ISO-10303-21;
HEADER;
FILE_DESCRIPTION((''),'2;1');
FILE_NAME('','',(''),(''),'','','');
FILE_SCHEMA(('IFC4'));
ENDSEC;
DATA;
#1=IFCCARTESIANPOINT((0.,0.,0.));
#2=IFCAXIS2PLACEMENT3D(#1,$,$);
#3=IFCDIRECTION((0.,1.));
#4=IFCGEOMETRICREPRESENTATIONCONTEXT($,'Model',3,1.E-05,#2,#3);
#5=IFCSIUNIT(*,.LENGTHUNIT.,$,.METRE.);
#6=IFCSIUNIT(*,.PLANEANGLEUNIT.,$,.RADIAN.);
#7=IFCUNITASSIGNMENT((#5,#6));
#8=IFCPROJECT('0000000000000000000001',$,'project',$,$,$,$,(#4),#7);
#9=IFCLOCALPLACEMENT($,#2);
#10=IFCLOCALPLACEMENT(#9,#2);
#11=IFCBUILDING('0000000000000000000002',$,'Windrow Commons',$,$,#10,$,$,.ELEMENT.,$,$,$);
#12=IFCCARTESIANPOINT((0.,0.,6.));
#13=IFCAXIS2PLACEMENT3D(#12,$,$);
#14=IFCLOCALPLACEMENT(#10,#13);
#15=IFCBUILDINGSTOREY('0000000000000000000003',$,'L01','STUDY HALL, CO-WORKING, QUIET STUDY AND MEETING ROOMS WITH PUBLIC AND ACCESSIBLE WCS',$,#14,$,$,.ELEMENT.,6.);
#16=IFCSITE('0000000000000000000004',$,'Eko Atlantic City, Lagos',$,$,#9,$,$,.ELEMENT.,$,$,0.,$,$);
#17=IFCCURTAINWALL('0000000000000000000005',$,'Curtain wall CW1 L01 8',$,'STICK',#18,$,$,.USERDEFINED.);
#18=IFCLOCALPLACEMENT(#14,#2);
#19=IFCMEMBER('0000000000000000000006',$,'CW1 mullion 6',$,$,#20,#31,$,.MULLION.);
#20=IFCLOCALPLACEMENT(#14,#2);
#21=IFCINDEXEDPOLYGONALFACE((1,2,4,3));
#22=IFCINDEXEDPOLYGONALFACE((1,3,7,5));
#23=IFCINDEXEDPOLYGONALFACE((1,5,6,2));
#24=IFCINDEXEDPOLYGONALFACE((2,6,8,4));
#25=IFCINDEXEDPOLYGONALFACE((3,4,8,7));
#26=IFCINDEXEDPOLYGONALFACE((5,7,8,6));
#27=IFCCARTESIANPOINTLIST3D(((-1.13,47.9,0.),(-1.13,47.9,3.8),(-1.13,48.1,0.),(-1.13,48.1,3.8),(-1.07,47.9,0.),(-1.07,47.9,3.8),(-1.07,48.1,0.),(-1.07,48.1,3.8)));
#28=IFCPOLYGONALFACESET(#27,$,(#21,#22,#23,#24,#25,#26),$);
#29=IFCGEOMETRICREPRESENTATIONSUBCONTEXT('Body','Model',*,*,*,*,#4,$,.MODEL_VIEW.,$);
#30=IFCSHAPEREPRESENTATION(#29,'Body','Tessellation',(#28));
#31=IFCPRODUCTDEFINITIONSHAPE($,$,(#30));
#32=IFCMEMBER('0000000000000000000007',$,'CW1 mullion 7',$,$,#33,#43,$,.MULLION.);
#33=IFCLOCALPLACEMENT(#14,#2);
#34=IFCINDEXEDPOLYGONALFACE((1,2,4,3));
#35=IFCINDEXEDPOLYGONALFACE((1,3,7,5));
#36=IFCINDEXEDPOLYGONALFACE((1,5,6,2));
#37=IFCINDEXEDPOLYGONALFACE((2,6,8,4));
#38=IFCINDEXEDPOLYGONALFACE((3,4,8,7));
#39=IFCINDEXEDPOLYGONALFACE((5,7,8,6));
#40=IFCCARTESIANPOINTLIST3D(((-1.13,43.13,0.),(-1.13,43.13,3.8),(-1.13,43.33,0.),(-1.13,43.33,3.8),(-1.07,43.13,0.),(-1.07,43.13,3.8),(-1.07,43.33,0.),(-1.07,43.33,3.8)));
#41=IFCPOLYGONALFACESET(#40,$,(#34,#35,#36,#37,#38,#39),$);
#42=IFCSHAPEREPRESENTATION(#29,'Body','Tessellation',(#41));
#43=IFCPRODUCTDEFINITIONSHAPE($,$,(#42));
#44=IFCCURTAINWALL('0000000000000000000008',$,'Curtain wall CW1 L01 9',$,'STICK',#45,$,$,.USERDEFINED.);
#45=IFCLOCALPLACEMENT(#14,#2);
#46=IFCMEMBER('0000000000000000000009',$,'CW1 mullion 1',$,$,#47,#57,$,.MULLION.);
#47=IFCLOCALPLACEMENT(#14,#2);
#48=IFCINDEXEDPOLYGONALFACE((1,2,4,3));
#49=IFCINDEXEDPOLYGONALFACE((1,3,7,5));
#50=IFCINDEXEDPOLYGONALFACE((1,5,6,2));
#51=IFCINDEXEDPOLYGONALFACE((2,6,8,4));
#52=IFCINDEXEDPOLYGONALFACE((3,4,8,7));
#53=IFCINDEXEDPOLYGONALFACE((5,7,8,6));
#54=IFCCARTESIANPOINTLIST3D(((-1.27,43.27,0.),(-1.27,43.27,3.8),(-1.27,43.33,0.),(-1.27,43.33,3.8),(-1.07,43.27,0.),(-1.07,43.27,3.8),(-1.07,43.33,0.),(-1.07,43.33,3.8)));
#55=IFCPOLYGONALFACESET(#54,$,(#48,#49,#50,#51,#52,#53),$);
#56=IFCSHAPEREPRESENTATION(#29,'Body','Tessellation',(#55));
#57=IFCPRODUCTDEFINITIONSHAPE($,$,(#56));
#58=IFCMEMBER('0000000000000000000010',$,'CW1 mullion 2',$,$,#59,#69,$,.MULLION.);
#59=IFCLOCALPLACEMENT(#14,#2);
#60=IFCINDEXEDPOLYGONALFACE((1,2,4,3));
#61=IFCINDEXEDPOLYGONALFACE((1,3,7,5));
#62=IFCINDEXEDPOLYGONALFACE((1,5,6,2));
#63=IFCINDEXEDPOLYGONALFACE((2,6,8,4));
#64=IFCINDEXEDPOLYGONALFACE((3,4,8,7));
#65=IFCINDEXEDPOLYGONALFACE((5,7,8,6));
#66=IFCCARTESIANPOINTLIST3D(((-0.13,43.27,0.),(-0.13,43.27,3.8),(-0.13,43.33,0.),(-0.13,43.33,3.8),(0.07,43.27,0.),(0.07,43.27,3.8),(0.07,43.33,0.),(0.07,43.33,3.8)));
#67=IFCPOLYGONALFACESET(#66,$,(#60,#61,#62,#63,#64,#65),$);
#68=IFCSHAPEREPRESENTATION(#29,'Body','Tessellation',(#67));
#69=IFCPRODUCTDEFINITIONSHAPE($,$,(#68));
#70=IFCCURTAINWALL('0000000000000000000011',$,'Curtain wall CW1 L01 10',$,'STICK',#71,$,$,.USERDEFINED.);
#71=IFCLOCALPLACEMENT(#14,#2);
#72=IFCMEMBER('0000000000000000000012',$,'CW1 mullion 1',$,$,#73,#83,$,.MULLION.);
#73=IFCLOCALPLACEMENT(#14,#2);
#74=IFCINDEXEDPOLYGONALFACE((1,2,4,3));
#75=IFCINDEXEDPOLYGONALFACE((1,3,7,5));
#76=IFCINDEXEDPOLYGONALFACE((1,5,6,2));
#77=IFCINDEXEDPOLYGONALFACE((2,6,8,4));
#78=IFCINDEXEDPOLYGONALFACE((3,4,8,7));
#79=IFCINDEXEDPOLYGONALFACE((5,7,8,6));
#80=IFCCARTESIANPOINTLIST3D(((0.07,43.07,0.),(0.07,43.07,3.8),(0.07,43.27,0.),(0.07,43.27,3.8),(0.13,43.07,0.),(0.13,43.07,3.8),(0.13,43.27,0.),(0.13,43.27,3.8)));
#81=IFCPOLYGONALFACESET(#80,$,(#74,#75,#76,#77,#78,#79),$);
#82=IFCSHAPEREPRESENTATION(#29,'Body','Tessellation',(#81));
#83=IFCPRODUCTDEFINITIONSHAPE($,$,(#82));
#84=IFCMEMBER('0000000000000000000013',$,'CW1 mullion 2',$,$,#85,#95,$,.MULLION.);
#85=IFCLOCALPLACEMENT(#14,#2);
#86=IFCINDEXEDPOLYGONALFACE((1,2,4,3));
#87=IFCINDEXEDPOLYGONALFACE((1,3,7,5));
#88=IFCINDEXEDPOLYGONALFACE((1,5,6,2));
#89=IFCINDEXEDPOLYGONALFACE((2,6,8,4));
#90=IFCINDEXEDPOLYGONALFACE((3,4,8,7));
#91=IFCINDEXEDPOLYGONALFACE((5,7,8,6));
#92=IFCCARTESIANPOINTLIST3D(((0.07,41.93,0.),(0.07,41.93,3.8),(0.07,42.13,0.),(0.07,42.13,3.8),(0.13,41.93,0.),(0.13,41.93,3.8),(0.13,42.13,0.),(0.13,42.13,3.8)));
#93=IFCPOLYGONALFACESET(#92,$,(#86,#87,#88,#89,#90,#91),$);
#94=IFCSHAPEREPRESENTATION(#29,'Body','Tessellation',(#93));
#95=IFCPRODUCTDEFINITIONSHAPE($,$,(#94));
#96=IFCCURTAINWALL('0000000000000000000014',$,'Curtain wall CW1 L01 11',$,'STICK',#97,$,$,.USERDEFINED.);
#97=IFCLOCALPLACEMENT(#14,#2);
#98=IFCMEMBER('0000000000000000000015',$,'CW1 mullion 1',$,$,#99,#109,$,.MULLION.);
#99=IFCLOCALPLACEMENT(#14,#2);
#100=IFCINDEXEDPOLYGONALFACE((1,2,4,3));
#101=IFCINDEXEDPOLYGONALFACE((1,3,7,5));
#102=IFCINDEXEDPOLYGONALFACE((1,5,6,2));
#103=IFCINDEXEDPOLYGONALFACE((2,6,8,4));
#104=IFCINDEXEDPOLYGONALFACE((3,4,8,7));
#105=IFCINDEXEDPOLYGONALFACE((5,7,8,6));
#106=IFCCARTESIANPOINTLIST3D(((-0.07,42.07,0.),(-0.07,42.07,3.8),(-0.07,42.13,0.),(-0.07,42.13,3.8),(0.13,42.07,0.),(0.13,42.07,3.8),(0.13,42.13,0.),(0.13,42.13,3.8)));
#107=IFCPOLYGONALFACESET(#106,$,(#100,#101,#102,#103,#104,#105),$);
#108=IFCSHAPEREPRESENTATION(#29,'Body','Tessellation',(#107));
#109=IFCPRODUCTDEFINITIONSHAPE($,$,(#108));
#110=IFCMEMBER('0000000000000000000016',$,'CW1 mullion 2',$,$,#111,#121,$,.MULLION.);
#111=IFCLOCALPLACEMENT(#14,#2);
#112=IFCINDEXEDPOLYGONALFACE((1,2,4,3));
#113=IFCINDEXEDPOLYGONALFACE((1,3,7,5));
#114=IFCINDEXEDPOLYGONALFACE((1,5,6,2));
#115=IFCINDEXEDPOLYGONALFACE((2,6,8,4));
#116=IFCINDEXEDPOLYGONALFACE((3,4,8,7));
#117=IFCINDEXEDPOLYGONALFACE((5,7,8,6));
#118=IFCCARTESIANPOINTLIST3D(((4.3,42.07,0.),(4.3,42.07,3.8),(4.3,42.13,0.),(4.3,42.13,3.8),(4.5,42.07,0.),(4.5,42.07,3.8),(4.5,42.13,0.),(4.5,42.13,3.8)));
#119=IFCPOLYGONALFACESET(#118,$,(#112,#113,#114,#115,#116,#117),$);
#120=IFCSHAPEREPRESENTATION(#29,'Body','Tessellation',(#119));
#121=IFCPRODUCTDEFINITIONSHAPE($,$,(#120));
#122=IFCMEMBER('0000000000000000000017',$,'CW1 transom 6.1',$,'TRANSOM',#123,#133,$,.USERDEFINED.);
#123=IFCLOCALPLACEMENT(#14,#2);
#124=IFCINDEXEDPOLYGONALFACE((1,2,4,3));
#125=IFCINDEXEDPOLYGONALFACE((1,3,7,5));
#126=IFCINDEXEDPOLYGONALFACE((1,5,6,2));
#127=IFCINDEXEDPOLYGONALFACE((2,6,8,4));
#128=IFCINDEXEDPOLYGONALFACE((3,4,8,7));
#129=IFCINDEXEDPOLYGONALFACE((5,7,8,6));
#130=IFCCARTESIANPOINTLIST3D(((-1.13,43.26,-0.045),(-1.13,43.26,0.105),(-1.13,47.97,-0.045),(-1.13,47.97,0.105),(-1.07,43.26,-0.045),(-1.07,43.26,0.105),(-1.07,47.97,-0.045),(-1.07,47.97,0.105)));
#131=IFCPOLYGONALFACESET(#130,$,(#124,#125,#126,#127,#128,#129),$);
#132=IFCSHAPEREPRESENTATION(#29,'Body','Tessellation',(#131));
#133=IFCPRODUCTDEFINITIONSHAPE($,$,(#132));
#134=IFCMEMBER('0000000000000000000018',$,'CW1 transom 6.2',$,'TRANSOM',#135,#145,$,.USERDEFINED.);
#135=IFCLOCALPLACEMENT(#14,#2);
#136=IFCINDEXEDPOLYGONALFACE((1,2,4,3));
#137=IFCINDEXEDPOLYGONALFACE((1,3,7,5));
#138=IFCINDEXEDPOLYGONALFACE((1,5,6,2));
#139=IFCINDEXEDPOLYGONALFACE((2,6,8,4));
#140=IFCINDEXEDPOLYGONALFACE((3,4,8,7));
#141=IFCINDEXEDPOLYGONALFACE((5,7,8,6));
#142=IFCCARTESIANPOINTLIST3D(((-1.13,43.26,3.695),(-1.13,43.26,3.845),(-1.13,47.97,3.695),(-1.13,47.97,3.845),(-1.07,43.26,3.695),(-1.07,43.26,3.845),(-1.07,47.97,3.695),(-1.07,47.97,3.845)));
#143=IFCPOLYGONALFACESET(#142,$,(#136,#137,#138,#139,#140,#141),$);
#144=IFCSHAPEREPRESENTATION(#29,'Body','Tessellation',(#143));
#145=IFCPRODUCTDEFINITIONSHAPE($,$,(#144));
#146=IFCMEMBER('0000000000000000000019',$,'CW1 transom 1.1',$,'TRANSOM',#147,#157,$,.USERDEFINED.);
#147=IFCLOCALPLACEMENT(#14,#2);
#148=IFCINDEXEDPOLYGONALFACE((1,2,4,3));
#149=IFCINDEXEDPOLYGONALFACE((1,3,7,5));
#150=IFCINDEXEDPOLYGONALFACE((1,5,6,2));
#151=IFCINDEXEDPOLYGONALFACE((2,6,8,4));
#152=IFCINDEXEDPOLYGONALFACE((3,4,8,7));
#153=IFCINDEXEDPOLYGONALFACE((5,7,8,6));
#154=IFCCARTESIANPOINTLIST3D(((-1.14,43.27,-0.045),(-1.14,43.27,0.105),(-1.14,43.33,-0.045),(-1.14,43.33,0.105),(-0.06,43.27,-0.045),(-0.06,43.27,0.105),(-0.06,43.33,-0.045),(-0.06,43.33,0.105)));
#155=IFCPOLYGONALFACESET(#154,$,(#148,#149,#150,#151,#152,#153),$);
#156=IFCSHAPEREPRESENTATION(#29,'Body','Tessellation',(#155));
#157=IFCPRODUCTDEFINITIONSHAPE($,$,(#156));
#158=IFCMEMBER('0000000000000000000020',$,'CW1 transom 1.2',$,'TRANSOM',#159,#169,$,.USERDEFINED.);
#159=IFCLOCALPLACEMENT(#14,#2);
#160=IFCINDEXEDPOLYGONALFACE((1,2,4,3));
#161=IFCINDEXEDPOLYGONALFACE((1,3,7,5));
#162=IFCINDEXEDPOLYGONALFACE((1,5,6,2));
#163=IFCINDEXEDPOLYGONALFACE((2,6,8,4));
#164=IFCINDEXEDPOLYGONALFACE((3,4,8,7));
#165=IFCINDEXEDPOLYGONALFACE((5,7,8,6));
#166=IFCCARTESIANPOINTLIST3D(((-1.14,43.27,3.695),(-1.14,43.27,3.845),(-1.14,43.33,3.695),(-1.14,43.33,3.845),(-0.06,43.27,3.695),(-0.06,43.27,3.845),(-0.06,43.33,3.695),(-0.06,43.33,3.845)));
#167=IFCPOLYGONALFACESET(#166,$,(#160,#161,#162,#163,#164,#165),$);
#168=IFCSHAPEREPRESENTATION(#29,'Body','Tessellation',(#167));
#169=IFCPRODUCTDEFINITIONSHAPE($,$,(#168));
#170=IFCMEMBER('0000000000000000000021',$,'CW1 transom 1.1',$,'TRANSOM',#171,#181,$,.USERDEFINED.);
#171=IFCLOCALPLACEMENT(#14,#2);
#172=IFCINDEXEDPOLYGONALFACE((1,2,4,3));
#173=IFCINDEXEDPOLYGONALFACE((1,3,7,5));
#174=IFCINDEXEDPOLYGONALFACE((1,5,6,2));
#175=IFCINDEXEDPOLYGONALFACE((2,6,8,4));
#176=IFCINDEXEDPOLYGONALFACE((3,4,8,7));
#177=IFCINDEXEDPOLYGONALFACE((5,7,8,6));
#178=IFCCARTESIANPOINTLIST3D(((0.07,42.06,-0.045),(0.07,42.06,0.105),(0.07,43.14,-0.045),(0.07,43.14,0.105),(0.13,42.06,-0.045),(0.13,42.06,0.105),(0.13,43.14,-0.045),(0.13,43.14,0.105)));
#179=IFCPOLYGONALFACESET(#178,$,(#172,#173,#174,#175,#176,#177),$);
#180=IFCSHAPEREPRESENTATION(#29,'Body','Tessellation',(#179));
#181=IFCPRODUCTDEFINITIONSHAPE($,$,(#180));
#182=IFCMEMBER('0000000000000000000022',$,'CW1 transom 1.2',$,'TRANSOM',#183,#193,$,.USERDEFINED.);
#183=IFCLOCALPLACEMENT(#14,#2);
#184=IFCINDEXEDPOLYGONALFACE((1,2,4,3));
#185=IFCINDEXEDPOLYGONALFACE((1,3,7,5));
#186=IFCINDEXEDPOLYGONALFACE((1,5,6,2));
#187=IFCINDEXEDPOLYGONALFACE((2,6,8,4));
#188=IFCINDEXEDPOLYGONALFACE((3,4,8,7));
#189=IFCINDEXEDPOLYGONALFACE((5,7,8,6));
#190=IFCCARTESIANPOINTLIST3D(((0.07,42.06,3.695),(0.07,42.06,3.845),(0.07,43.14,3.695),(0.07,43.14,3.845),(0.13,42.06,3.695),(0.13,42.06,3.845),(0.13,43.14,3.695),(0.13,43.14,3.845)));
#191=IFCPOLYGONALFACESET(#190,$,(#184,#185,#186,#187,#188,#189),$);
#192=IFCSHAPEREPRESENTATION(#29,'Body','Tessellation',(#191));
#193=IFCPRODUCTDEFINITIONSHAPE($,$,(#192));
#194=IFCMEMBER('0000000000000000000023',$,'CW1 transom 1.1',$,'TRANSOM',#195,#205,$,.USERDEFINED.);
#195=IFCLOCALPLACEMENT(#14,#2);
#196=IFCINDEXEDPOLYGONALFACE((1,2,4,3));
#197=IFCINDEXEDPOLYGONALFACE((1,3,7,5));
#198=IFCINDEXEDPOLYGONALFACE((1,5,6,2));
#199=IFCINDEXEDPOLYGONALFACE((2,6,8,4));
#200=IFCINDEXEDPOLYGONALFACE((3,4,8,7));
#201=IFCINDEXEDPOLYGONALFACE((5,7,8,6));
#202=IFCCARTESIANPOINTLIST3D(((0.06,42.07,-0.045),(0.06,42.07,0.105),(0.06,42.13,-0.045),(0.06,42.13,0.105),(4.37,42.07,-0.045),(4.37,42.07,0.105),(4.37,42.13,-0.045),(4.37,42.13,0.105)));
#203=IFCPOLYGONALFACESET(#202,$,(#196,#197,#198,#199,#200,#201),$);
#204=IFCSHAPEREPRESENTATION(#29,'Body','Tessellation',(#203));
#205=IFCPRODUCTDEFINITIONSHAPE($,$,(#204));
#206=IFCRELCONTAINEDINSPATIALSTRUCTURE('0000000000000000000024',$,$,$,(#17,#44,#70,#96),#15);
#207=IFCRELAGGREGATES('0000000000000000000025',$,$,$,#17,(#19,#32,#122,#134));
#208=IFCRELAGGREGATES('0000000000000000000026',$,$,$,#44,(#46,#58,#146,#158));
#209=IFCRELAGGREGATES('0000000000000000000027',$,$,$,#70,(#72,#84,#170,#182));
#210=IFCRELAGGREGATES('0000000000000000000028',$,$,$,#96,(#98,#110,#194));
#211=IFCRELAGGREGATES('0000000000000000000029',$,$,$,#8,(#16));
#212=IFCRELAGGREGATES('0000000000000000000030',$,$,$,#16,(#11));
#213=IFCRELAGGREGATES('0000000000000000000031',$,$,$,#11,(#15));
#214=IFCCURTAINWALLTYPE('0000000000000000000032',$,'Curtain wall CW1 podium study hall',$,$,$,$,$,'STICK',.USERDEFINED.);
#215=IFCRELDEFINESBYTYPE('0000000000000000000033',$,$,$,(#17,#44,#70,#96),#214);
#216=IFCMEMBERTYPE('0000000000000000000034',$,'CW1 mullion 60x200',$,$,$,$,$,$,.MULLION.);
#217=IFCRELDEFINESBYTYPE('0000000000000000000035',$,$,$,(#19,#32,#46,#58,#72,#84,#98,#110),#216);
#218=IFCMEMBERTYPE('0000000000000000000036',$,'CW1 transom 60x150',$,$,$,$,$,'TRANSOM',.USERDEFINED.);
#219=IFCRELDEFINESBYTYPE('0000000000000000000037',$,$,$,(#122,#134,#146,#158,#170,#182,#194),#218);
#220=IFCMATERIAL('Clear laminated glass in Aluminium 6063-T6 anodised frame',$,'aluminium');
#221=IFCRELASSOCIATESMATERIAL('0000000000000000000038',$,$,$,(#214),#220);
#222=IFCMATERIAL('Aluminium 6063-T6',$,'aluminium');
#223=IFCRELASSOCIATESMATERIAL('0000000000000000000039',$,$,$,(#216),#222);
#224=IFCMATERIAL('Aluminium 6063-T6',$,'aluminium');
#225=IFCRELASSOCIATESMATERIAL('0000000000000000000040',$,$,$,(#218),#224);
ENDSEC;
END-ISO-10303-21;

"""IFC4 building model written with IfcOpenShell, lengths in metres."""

from ifc_helpers import new_model, si_unit, direction, frame, origin, origin_2d, place, context, subcontext, project, spatial, rectangle, extrude, material, material_profile, profile_set, type_object, element, aggregate, save


model = new_model("IFC4")

# Units and contexts
model_context = context("Model", 3, precision=1e-05, world=origin(), true_north=direction((0.0, 1.0)))
body_context = subcontext(model_context, "Body", "Model", "MODEL_VIEW")
ifc_project = project(units=[si_unit("LENGTHUNIT", "METRE"), si_unit("PLANEANGLEUNIT", "RADIAN")], contexts=[model_context])

# Site, building, storey
site_placement = place(None, origin())
site = spatial("IfcSite", under=ifc_project, at=site_placement, Name="Eko Atlantic City, Lagos", CompositionType="ELEMENT", RefElevation=0.0)
building_placement = place(site_placement, origin())
building = spatial("IfcBuilding", under=site, at=building_placement, Name="Windrow Commons", CompositionType="ELEMENT")
storey_placement = place(building_placement, frame((0.0, 0.0, 6.0)))
storey = spatial("IfcBuildingStorey", under=building, at=storey_placement, Name="L01", Description="STUDY HALL, CO-WORKING, QUIET STUDY AND MEETING ROOMS WITH PUBLIC AND ACCESSIBLE WCS", CompositionType="ELEMENT", Elevation=6.0)

# Curtain walls, members
ifc_material_1 = material(Name="Clear laminated glass in Aluminium 6063-T6 anodised frame", Category="aluminium")
curtain_wall_type = type_object("IfcCurtainWallType", Name="Curtain wall CW1 podium study hall", ElementType="STICK", PredefinedType="USERDEFINED", material=ifc_material_1)
placement = place(storey_placement, origin())
curtain_wall_1 = element("IfcCurtainWall", 1, at=placement, inside=storey, type_object=curtain_wall_type, Name="Curtain wall CW1 L01 8", ObjectType="STICK", PredefinedType="USERDEFINED")
ifc_material_2 = material(Name="Aluminium 6063-T6", Category="aluminium")
ifc_material_profile_1 = material_profile(ifc_material_2, rectangle(XDim=0.06, YDim=0.2, at=origin_2d()))
ifc_profile_set_1 = profile_set([ifc_material_profile_1], Name="Aluminium 6063-T6")
member_type_1 = type_object("IfcMemberType", Name="CW1 mullion 60x200", PredefinedType="MULLION", material=ifc_profile_set_1)
member_1_placement = place(storey_placement, frame((-1.1, 48.0, 0.0), z_axis=(0.0, 0.0, 1.0), x_axis=(1.0, 0.0, 0.0)))
member_1 = element("IfcMember", 2, at=member_1_placement, type_object=member_type_1, Name="CW1 mullion 6", PredefinedType="MULLION", context=body_context, shape_type="SweptSolid", body=[
    extrude(rectangle(XDim=0.06, YDim=0.2, at=origin_2d()), origin(), (0.0, 0.0, 1.0), 3.8),
])
member_2_placement = place(storey_placement, frame((-1.1, 43.23, 0.0), z_axis=(0.0, 0.0, 1.0), x_axis=(1.0, 0.0, 0.0)))
member_2 = element("IfcMember", 3, at=member_2_placement, type_object=member_type_1, Name="CW1 mullion 7", PredefinedType="MULLION", context=body_context, shape_type="SweptSolid", body=[
    extrude(rectangle(XDim=0.06, YDim=0.2, at=origin_2d()), origin(), (0.0, 0.0, 1.0), 3.8),
])
curtain_wall_2 = element("IfcCurtainWall", 4, at=placement, inside=storey, type_object=curtain_wall_type, Name="Curtain wall CW1 L01 9", ObjectType="STICK", PredefinedType="USERDEFINED")
member_3_placement = place(storey_placement, frame((-1.17, 43.3, 0.0), z_axis=(0.0, 0.0, 1.0), x_axis=(0.0, 1.0, 0.0)))
member_3 = element("IfcMember", 5, at=member_3_placement, type_object=member_type_1, Name="CW1 mullion 1", PredefinedType="MULLION", context=body_context, shape_type="SweptSolid", body=[
    extrude(rectangle(XDim=0.06, YDim=0.2, at=origin_2d()), origin(), (0.0, 0.0, 1.0), 3.8),
])
member_4_placement = place(storey_placement, frame((-0.03, 43.3, 0.0), z_axis=(0.0, 0.0, 1.0), x_axis=(0.0, 1.0, 0.0)))
member_4 = element("IfcMember", 6, at=member_4_placement, type_object=member_type_1, Name="CW1 mullion 2", PredefinedType="MULLION", context=body_context, shape_type="SweptSolid", body=[
    extrude(rectangle(XDim=0.06, YDim=0.2, at=origin_2d()), origin(), (0.0, 0.0, 1.0), 3.8),
])
curtain_wall_3 = element("IfcCurtainWall", 7, at=placement, inside=storey, type_object=curtain_wall_type, Name="Curtain wall CW1 L01 10", ObjectType="STICK", PredefinedType="USERDEFINED")
member_5_placement = place(storey_placement, frame((0.1, 43.17, 0.0), z_axis=(0.0, 0.0, 1.0), x_axis=(1.0, 0.0, 0.0)))
member_5 = element("IfcMember", 8, at=member_5_placement, type_object=member_type_1, Name="CW1 mullion 1", PredefinedType="MULLION", context=body_context, shape_type="SweptSolid", body=[
    extrude(rectangle(XDim=0.06, YDim=0.2, at=origin_2d()), origin(), (0.0, 0.0, 1.0), 3.8),
])
member_6_placement = place(storey_placement, frame((0.1, 42.03, 0.0), z_axis=(0.0, 0.0, 1.0), x_axis=(1.0, 0.0, 0.0)))
member_6 = element("IfcMember", 9, at=member_6_placement, type_object=member_type_1, Name="CW1 mullion 2", PredefinedType="MULLION", context=body_context, shape_type="SweptSolid", body=[
    extrude(rectangle(XDim=0.06, YDim=0.2, at=origin_2d()), origin(), (0.0, 0.0, 1.0), 3.8),
])
curtain_wall_4 = element("IfcCurtainWall", 10, at=placement, inside=storey, type_object=curtain_wall_type, Name="Curtain wall CW1 L01 11", ObjectType="STICK", PredefinedType="USERDEFINED")
member_7_placement = place(storey_placement, frame((0.03, 42.1, 0.0), z_axis=(0.0, 0.0, 1.0), x_axis=(0.0, 1.0, 0.0)))
member_7 = element("IfcMember", 11, at=member_7_placement, type_object=member_type_1, Name="CW1 mullion 1", PredefinedType="MULLION", context=body_context, shape_type="SweptSolid", body=[
    extrude(rectangle(XDim=0.06, YDim=0.2, at=origin_2d()), origin(), (0.0, 0.0, 1.0), 3.8),
])
member_8_placement = place(storey_placement, frame((4.4, 42.1, 0.0), z_axis=(0.0, 0.0, 1.0), x_axis=(0.0, 1.0, 0.0)))
member_8 = element("IfcMember", 12, at=member_8_placement, type_object=member_type_1, Name="CW1 mullion 2", PredefinedType="MULLION", context=body_context, shape_type="SweptSolid", body=[
    extrude(rectangle(XDim=0.06, YDim=0.2, at=origin_2d()), origin(), (0.0, 0.0, 1.0), 3.8),
])

# Members
ifc_material_3 = material(Name="Aluminium 6063-T6", Category="aluminium")
ifc_material_profile_2 = material_profile(ifc_material_3, rectangle(XDim=0.06, YDim=0.15, at=origin_2d()))
ifc_profile_set_2 = profile_set([ifc_material_profile_2], Name="Aluminium 6063-T6")
member_type_2 = type_object("IfcMemberType", Name="CW1 transom 60x150", ElementType="TRANSOM", PredefinedType="USERDEFINED", material=ifc_profile_set_2)
member_9_placement = place(storey_placement, frame((-1.1, 47.97, 0.03), z_axis=(0.0, -1.0, 0.0), x_axis=(1.0, 0.0, 0.0)))
member_9 = element("IfcMember", 13, at=member_9_placement, type_object=member_type_2, Name="CW1 transom 6.1", ObjectType="TRANSOM", PredefinedType="USERDEFINED", context=body_context, shape_type="SweptSolid", body=[
    extrude(rectangle(XDim=0.06, YDim=0.15, at=origin_2d()), origin(), (0.0, 0.0, 1.0), 4.71),
])
member_10_placement = place(storey_placement, frame((-1.1, 47.97, 3.77), z_axis=(0.0, -1.0, 0.0), x_axis=(1.0, 0.0, 0.0)))
member_10 = element("IfcMember", 14, at=member_10_placement, type_object=member_type_2, Name="CW1 transom 6.2", ObjectType="TRANSOM", PredefinedType="USERDEFINED", context=body_context, shape_type="SweptSolid", body=[
    extrude(rectangle(XDim=0.06, YDim=0.15, at=origin_2d()), origin(), (0.0, 0.0, 1.0), 4.71),
])
member_11_placement = place(storey_placement, frame((-1.14, 43.3, 0.03), z_axis=(1.0, 0.0, 0.0), x_axis=(0.0, 1.0, 0.0)))
member_11 = element("IfcMember", 15, at=member_11_placement, type_object=member_type_2, Name="CW1 transom 1.1", ObjectType="TRANSOM", PredefinedType="USERDEFINED", context=body_context, shape_type="SweptSolid", body=[
    extrude(rectangle(XDim=0.06, YDim=0.15, at=origin_2d()), origin(), (0.0, 0.0, 1.0), 1.08),
])
member_12_placement = place(storey_placement, frame((-1.14, 43.3, 3.77), z_axis=(1.0, 0.0, 0.0), x_axis=(0.0, 1.0, 0.0)))
member_12 = element("IfcMember", 16, at=member_12_placement, type_object=member_type_2, Name="CW1 transom 1.2", ObjectType="TRANSOM", PredefinedType="USERDEFINED", context=body_context, shape_type="SweptSolid", body=[
    extrude(rectangle(XDim=0.06, YDim=0.15, at=origin_2d()), origin(), (0.0, 0.0, 1.0), 1.08),
])
member_13_placement = place(storey_placement, frame((0.1, 43.14, 0.03), z_axis=(0.0, -1.0, 0.0), x_axis=(1.0, 0.0, 0.0)))
member_13 = element("IfcMember", 17, at=member_13_placement, type_object=member_type_2, Name="CW1 transom 1.1", ObjectType="TRANSOM", PredefinedType="USERDEFINED", context=body_context, shape_type="SweptSolid", body=[
    extrude(rectangle(XDim=0.06, YDim=0.15, at=origin_2d()), origin(), (0.0, 0.0, 1.0), 1.08),
])
member_14_placement = place(storey_placement, frame((0.1, 43.14, 3.77), z_axis=(0.0, -1.0, 0.0), x_axis=(1.0, 0.0, 0.0)))
member_14 = element("IfcMember", 18, at=member_14_placement, type_object=member_type_2, Name="CW1 transom 1.2", ObjectType="TRANSOM", PredefinedType="USERDEFINED", context=body_context, shape_type="SweptSolid", body=[
    extrude(rectangle(XDim=0.06, YDim=0.15, at=origin_2d()), origin(), (0.0, 0.0, 1.0), 1.08),
])
member_15_placement = place(storey_placement, frame((0.06, 42.1, 0.03), z_axis=(1.0, 0.0, 0.0), x_axis=(0.0, 1.0, 0.0)))
member_15 = element("IfcMember", 19, at=member_15_placement, type_object=member_type_2, Name="CW1 transom 1.1", ObjectType="TRANSOM", PredefinedType="USERDEFINED", context=body_context, shape_type="SweptSolid", body=[
    extrude(rectangle(XDim=0.06, YDim=0.15, at=origin_2d()), origin(), (0.0, 0.0, 1.0), 4.31),
])

aggregate(curtain_wall_1, [member_1, member_2, member_9, member_10])
aggregate(curtain_wall_2, [member_3, member_4, member_11, member_12])
aggregate(curtain_wall_3, [member_5, member_6, member_13, member_14])
aggregate(curtain_wall_4, [member_7, member_8, member_15])

save(model, "model.ifc")
